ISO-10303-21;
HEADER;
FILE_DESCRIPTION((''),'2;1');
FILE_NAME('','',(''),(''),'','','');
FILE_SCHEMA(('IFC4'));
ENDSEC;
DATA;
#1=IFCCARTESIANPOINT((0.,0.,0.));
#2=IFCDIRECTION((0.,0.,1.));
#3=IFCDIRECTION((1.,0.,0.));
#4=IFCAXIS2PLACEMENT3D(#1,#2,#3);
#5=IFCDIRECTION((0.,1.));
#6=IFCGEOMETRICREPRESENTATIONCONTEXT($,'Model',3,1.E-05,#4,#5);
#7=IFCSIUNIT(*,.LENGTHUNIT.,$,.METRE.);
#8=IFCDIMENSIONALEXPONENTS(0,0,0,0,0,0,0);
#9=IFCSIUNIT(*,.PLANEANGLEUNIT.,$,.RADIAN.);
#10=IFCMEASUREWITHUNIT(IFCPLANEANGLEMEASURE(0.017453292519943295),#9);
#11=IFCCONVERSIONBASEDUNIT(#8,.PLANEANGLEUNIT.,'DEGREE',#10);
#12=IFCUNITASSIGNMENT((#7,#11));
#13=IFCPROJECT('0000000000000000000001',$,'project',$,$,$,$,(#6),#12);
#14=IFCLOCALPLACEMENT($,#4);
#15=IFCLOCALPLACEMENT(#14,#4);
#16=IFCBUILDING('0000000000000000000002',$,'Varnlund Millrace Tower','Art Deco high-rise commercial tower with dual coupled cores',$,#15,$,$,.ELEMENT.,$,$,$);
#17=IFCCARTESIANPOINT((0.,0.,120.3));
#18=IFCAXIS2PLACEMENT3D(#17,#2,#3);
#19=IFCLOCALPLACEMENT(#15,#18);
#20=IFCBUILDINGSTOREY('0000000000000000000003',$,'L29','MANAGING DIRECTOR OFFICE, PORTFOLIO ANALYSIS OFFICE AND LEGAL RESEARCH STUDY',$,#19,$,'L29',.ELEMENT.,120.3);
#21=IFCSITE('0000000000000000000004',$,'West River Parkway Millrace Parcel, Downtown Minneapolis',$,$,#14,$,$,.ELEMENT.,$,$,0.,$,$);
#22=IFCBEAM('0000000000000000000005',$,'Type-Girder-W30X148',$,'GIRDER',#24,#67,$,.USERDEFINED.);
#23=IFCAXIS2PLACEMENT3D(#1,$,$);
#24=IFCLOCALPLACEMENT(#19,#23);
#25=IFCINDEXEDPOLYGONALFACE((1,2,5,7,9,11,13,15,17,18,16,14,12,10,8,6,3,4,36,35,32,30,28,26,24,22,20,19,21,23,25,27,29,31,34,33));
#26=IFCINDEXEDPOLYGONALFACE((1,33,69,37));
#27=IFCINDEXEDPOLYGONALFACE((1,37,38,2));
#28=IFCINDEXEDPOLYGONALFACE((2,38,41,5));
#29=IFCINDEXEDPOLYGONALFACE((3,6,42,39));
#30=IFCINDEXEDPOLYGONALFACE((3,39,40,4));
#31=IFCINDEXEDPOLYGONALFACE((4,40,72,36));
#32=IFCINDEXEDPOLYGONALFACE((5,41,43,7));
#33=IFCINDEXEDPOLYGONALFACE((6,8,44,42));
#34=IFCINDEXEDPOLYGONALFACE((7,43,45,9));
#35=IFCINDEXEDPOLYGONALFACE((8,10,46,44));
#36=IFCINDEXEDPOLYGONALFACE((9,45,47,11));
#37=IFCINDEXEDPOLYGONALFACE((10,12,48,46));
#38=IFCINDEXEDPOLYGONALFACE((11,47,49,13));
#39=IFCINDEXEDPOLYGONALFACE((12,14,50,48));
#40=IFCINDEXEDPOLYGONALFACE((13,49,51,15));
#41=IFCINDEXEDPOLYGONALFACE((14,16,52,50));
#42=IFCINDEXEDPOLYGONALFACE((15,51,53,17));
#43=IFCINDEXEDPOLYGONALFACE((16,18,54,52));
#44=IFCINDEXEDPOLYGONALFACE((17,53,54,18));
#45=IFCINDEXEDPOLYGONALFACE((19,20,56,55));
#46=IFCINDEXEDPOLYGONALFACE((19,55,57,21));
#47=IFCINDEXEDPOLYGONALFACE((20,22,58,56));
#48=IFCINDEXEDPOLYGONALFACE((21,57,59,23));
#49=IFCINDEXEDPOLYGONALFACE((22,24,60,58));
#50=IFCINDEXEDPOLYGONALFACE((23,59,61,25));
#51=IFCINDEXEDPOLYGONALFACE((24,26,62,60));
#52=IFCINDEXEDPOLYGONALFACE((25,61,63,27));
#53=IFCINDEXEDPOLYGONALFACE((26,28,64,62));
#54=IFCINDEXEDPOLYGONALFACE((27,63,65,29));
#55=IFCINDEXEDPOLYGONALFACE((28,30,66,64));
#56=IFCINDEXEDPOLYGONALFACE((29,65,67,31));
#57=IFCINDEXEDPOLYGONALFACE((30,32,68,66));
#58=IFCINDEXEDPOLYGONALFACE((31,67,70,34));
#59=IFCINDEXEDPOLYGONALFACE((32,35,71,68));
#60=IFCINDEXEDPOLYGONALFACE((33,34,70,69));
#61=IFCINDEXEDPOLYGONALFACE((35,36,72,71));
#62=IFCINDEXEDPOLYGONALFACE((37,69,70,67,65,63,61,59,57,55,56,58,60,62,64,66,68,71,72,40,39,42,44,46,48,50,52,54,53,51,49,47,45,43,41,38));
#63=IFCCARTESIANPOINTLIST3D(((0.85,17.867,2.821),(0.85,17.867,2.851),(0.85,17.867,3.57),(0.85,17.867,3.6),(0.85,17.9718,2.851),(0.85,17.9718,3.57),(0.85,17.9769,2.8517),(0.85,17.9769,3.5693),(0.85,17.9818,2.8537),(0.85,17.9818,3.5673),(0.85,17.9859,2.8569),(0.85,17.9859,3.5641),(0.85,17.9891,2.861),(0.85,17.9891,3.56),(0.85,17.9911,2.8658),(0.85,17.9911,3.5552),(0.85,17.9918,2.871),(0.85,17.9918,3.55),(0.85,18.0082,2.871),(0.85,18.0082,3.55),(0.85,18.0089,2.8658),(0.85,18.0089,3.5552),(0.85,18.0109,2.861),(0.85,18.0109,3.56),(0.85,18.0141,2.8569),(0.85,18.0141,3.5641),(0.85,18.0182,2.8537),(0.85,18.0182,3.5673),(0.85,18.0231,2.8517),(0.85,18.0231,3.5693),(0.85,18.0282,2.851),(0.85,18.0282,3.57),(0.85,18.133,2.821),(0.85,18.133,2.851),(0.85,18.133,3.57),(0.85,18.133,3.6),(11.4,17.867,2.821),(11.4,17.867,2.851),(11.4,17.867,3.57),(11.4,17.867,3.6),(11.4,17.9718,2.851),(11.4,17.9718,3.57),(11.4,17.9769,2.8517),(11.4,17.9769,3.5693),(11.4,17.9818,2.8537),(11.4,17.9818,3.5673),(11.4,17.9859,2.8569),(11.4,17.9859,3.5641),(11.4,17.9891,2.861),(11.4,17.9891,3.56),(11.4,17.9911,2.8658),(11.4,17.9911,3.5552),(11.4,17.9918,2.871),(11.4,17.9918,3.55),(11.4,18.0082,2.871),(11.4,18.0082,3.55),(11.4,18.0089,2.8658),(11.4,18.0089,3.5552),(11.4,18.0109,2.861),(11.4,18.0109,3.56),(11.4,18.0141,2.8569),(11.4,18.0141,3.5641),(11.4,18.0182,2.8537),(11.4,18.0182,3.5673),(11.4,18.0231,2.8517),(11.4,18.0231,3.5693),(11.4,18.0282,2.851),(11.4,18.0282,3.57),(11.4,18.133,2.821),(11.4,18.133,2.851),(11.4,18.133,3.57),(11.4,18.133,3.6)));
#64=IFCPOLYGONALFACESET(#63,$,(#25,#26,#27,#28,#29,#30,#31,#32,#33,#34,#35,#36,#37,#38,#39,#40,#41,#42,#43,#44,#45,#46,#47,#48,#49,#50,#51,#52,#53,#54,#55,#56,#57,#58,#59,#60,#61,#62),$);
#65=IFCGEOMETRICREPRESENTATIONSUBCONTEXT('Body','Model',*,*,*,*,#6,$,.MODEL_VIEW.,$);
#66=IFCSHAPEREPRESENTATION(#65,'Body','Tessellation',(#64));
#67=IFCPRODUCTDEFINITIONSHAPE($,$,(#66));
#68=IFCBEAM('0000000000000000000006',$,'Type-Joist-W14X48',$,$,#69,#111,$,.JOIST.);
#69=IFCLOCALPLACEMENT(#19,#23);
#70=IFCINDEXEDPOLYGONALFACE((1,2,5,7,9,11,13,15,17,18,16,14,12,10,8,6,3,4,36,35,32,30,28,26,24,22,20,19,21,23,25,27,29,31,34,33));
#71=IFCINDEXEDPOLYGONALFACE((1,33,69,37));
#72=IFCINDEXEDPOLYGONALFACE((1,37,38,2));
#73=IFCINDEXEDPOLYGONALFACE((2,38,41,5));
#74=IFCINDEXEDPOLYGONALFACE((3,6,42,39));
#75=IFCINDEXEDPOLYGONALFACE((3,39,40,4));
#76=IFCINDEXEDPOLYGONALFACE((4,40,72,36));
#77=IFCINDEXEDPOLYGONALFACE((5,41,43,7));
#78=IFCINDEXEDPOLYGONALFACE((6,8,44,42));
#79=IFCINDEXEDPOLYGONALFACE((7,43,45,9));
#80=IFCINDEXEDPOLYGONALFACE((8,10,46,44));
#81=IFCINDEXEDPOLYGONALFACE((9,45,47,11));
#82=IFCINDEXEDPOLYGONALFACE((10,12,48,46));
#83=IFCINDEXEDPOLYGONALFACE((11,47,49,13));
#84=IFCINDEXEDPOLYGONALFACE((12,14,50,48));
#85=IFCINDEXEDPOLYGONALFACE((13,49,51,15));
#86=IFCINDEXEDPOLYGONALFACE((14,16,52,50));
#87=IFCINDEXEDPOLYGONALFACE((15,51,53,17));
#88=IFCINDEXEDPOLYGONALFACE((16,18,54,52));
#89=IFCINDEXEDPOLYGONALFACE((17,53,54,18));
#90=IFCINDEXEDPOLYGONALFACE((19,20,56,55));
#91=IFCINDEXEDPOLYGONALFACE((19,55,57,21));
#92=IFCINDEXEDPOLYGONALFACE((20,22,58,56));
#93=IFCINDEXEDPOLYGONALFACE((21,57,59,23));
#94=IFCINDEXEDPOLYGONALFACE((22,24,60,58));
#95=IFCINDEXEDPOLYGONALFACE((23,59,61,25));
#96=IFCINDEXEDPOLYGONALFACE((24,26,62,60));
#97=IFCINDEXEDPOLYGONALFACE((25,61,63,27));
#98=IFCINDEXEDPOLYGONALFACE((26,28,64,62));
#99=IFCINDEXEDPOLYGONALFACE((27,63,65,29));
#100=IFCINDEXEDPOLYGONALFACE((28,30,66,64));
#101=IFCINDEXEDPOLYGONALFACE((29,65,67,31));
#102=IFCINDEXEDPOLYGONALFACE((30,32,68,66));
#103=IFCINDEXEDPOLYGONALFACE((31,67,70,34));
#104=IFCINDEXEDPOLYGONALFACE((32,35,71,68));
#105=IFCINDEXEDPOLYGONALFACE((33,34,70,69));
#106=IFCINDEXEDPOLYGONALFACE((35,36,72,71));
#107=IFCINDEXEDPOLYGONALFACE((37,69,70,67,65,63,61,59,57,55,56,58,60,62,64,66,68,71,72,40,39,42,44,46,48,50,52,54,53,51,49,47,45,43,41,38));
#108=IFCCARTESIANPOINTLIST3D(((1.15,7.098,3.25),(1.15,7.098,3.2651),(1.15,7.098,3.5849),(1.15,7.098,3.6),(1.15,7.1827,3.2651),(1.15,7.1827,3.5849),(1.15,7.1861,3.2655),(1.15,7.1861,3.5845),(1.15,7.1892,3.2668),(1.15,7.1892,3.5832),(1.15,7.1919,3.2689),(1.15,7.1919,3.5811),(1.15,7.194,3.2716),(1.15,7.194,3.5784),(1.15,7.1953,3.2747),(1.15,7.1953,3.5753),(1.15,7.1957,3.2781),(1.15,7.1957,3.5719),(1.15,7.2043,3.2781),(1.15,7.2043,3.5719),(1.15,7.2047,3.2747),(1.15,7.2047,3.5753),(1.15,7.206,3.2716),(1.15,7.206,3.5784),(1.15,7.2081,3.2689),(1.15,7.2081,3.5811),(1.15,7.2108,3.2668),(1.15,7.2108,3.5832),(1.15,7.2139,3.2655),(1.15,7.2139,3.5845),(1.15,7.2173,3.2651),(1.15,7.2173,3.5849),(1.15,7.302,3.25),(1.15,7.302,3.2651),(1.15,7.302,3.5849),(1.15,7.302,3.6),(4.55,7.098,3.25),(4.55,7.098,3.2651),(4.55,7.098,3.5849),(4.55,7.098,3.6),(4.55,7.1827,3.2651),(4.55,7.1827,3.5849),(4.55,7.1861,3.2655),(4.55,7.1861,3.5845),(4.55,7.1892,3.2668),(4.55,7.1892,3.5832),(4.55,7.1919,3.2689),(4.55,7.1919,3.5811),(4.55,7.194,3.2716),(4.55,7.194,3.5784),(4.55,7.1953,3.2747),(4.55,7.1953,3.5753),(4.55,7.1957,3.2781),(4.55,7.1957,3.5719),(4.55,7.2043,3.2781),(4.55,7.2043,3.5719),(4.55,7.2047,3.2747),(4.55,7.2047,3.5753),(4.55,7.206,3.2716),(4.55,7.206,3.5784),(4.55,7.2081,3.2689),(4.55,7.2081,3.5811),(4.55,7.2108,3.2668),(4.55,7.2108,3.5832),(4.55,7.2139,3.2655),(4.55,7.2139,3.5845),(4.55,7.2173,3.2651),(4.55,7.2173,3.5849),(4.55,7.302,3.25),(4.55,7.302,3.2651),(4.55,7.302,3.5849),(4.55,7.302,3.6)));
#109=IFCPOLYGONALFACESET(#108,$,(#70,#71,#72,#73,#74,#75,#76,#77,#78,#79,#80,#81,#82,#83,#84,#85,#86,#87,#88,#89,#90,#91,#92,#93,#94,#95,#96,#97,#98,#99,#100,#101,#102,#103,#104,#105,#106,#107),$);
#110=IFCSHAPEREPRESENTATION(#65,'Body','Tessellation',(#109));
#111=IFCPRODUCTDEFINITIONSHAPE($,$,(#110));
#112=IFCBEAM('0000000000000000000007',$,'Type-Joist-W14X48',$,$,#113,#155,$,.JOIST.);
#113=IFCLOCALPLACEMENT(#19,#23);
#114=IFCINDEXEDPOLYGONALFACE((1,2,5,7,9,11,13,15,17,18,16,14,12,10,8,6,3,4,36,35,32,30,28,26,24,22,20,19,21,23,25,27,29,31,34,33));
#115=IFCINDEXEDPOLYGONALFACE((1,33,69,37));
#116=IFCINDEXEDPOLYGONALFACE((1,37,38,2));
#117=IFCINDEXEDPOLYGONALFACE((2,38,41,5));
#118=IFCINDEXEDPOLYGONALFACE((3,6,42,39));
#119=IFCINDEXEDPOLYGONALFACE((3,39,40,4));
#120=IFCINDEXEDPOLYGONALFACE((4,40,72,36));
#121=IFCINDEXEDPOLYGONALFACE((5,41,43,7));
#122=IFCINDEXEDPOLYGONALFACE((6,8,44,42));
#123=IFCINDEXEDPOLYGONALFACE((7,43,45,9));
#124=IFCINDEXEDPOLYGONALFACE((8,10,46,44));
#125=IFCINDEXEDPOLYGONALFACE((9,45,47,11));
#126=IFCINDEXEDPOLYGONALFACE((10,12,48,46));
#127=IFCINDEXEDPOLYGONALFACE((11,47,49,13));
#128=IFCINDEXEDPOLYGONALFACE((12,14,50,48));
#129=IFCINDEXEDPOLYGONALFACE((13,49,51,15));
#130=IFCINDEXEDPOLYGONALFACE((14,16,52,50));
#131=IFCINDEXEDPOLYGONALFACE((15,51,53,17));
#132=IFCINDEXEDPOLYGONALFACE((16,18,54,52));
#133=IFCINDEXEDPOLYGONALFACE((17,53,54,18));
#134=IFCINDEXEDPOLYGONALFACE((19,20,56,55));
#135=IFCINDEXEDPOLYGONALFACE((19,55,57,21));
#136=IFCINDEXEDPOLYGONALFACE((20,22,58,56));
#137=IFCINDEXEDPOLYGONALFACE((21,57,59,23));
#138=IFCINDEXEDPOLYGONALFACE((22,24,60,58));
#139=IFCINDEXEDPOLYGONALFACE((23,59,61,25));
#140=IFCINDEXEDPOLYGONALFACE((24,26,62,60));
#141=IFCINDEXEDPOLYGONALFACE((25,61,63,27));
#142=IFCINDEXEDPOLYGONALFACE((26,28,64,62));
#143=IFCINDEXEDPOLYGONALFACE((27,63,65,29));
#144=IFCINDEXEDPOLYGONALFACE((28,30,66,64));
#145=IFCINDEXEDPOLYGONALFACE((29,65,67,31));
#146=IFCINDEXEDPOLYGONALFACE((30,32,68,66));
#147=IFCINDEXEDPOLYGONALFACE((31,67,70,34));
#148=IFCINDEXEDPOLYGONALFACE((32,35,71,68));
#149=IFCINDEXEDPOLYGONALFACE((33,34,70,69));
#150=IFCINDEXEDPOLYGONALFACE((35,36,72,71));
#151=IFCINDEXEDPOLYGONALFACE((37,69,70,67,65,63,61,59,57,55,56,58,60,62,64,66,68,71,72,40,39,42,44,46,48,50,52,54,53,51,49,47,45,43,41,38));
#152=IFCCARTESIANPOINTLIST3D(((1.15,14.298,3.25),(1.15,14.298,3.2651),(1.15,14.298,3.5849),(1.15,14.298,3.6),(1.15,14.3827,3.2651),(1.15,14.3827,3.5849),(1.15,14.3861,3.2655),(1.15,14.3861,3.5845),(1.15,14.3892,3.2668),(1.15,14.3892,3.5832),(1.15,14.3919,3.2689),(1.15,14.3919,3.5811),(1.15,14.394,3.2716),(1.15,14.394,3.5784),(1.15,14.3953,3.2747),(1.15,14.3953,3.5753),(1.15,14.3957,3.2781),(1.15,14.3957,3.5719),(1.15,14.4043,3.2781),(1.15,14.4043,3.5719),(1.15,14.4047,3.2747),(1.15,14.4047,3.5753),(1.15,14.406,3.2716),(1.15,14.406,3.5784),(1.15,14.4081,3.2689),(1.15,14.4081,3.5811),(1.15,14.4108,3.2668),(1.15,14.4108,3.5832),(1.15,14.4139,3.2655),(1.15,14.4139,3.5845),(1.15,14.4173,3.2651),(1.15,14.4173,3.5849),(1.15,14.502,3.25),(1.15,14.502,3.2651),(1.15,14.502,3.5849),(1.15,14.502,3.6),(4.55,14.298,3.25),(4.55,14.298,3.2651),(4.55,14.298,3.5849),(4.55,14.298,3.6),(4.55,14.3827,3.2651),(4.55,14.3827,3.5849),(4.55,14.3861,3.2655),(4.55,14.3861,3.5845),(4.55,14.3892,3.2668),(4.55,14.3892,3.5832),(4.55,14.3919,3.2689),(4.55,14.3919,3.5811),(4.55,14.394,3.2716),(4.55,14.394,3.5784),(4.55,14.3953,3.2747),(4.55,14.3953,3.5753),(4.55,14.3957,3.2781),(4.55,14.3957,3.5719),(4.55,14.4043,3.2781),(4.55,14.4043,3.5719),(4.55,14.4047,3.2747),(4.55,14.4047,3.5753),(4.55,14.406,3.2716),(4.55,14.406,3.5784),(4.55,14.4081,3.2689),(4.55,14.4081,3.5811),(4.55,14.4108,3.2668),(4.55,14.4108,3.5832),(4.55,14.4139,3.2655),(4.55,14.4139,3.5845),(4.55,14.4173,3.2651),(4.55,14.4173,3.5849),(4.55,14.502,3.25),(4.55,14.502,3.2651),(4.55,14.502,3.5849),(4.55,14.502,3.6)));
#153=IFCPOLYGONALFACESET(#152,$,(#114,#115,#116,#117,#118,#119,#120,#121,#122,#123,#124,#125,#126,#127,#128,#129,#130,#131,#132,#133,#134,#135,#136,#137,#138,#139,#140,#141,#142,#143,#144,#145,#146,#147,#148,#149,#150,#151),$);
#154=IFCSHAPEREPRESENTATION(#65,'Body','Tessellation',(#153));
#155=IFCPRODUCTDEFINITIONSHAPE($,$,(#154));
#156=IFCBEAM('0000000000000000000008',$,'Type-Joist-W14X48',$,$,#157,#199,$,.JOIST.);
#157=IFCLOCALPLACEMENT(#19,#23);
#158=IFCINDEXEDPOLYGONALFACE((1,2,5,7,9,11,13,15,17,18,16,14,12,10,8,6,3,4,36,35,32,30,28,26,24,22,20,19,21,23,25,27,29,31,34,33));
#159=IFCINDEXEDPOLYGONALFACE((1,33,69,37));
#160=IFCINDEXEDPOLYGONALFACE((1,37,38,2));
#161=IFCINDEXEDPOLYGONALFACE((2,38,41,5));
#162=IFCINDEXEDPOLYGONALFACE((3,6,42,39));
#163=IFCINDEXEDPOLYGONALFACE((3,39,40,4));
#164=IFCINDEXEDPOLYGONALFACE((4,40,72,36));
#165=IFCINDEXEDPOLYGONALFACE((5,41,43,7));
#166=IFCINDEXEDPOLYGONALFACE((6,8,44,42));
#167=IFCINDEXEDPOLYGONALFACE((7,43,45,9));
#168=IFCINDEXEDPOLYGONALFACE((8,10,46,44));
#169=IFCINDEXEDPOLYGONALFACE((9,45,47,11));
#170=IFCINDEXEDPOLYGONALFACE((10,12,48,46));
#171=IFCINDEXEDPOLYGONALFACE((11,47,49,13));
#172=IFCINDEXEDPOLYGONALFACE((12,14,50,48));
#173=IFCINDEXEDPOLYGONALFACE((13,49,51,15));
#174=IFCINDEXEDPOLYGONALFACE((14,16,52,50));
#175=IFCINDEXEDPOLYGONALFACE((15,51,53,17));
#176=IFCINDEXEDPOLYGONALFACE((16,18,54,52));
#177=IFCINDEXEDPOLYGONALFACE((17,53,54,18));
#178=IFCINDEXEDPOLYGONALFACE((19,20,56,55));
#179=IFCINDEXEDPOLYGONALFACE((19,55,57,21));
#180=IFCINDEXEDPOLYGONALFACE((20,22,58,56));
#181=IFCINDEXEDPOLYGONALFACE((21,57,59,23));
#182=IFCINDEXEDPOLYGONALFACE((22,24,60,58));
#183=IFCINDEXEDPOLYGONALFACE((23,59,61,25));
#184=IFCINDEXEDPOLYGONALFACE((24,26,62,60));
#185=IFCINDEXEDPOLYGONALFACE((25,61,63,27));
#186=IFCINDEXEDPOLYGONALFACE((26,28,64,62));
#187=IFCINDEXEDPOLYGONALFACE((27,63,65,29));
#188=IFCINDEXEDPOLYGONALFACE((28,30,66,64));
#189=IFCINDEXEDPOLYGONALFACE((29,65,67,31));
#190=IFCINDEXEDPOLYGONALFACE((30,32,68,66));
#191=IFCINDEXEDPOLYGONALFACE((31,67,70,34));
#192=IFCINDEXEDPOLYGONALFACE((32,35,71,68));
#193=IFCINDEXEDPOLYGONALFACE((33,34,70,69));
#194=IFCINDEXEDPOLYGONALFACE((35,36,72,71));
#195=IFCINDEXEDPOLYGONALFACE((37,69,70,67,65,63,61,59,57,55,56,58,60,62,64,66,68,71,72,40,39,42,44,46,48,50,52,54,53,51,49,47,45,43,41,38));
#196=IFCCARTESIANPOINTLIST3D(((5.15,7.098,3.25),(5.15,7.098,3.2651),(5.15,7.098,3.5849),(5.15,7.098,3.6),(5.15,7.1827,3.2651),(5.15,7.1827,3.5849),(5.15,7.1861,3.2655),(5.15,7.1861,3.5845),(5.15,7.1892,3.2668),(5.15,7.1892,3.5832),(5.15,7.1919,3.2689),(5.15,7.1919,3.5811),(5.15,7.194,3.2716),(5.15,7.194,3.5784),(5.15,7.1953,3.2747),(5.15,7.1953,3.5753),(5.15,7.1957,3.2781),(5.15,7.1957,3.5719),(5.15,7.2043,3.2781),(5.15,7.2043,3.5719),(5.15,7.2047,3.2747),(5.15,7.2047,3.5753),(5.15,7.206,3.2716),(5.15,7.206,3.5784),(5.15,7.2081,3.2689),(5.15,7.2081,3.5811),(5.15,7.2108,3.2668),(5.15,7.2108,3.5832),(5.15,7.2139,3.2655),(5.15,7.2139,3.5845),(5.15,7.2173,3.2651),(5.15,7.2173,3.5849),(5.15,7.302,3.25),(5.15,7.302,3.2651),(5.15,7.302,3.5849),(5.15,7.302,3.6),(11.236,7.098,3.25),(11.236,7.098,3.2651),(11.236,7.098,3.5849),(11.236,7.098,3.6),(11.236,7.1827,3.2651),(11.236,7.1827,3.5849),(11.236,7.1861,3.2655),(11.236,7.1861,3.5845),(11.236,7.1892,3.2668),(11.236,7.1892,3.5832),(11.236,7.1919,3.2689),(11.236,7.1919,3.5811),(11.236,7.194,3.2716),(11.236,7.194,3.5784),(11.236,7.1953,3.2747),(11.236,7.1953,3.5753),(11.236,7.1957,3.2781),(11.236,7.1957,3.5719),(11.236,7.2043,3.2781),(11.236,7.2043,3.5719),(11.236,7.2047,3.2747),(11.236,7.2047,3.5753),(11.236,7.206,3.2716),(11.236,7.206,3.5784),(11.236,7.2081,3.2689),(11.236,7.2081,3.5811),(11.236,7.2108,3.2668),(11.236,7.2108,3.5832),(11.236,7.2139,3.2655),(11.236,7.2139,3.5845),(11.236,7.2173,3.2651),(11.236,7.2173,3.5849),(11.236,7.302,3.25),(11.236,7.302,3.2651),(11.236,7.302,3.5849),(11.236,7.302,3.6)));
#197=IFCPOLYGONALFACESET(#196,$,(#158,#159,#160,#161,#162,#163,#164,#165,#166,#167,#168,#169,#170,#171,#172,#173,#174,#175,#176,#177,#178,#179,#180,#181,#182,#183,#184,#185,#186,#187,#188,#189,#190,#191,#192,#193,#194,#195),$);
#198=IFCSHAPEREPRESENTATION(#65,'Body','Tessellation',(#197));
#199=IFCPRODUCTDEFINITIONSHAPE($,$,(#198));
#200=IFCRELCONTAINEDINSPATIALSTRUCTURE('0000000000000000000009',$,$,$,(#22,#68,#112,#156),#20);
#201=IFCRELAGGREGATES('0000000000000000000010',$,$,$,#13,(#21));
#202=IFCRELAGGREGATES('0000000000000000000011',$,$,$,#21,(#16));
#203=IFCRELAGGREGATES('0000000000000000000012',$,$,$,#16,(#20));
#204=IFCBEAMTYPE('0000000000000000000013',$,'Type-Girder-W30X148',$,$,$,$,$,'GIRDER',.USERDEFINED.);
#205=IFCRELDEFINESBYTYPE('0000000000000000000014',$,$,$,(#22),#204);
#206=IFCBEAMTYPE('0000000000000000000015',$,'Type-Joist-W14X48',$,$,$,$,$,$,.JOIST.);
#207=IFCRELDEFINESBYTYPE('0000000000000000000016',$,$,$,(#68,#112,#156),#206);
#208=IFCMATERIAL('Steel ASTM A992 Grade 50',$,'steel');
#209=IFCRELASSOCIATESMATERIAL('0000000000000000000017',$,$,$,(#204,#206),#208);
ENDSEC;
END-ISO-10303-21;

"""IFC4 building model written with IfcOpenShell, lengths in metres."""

from ifc_helpers import new_model, entity, si_unit, converted_unit, direction, frame, origin_with_axes, origin_2d_with_axis, place, context, subcontext, project, spatial, i_section, extrude, material, material_profile, profile_set, type_object, element, save


model = new_model("IFC4")

# Units and contexts
model_context = context("Model", 3, precision=1e-05, world=origin_with_axes(), true_north=direction((0.0, 1.0)))
body_context = subcontext(model_context, "Body", "Model", "MODEL_VIEW")
ifc_project = project(units=[si_unit("LENGTHUNIT", "METRE"), converted_unit("PLANEANGLEUNIT", "DEGREE", entity("IfcPlaneAngleMeasure", 0.017453292519943295), si_unit("PLANEANGLEUNIT", "RADIAN"), dimensions=[0, 0, 0, 0, 0, 0, 0])], contexts=[model_context])

# Site, building, storey
site_placement = place(None, origin_with_axes())
site = spatial("IfcSite", under=ifc_project, at=site_placement, Name="West River Parkway Millrace Parcel, Downtown Minneapolis", CompositionType="ELEMENT", RefElevation=0.0)
building_placement = place(site_placement, origin_with_axes())
building = spatial("IfcBuilding", under=site, at=building_placement, Name="Varnlund Millrace Tower", Description="Art Deco high-rise commercial tower with dual coupled cores", CompositionType="ELEMENT")
storey_placement = place(building_placement, frame((0.0, 0.0, 120.3), z_axis=(0.0, 0.0, 1.0), x_axis=(1.0, 0.0, 0.0)))
storey = spatial("IfcBuildingStorey", under=building, at=storey_placement, Name="L29", Description="MANAGING DIRECTOR OFFICE, PORTFOLIO ANALYSIS OFFICE AND LEGAL RESEARCH STUDY", LongName="L29", CompositionType="ELEMENT", Elevation=120.3)

# Beams
ifc_material_1 = material(Name="Steel ASTM A992 Grade 50", Category="steel")
ifc_material_profile_1 = material_profile(ifc_material_1, i_section(OverallWidth=0.266, OverallDepth=0.779, WebThickness=0.0165, FlangeThickness=0.03, FilletRadius=0.02, at=origin_2d_with_axis()), Name="Steel ASTM A992 Grade 50")
ifc_profile_set_1 = profile_set([ifc_material_profile_1], Name="Steel ASTM A992 Grade 50")
beam_type_1 = type_object("IfcBeamType", Name="Type-Girder-W30X148", ElementType="GIRDER", PredefinedType="USERDEFINED", material=ifc_profile_set_1)
beam_1_placement = place(storey_placement, frame((0.85, 18.0, 3.2105), z_axis=(1.0, 0.0, 0.0), x_axis=(0.0, 1.0, 0.0)))
element("IfcBeam", 1, at=beam_1_placement, inside=storey, type_object=beam_type_1, Name="Type-Girder-W30X148", ObjectType="GIRDER", PredefinedType="USERDEFINED", context=body_context, shape_type="SweptSolid", body=[
    extrude(i_section(OverallWidth=0.266, OverallDepth=0.779, WebThickness=0.0165, FlangeThickness=0.03, FilletRadius=0.02, at=origin_2d_with_axis()), origin_with_axes(), (0.0, 0.0, 1.0), 10.55),
])
ifc_material_profile_2 = material_profile(ifc_material_1, i_section(OverallWidth=0.204, OverallDepth=0.35, WebThickness=0.0086, FlangeThickness=0.0151, FilletRadius=0.013, at=origin_2d_with_axis()), Name="Steel ASTM A992 Grade 50")
ifc_profile_set_2 = profile_set([ifc_material_profile_2], Name="Steel ASTM A992 Grade 50")
beam_type_2 = type_object("IfcBeamType", Name="Type-Joist-W14X48", PredefinedType="JOIST", material=ifc_profile_set_2)
for number, where, z_axis, x_axis, name in (
    (2, (1.15, 7.2, 3.425), (1.0, 0.0, 0.0), (0.0, 1.0, 0.0), "Type-Joist-W14X48"),
    (3, (1.15, 14.4, 3.425), (1.0, 0.0, 0.0), (0.0, 1.0, 0.0), "Type-Joist-W14X48"),
):
    element("IfcBeam", number, at=place(storey_placement, frame(where, z_axis=z_axis, x_axis=x_axis)), inside=storey, type_object=beam_type_2, Name=name, PredefinedType="JOIST", context=body_context, shape_type="SweptSolid", body=[
        extrude(i_section(OverallWidth=0.204, OverallDepth=0.35, WebThickness=0.0086, FlangeThickness=0.0151, FilletRadius=0.013, at=origin_2d_with_axis()), origin_with_axes(), (0.0, 0.0, 1.0), 3.4),
    ])
for number, where, z_axis, x_axis, name in (
    (4, (5.15, 7.2, 3.425), (1.0, 0.0, 0.0), (0.0, 1.0, 0.0), "Type-Joist-W14X48"),
):
    element("IfcBeam", number, at=place(storey_placement, frame(where, z_axis=z_axis, x_axis=x_axis)), inside=storey, type_object=beam_type_2, Name=name, PredefinedType="JOIST", context=body_context, shape_type="SweptSolid", body=[
        extrude(i_section(OverallWidth=0.204, OverallDepth=0.35, WebThickness=0.0086, FlangeThickness=0.0151, FilletRadius=0.013, at=origin_2d_with_axis()), origin_with_axes(), (0.0, 0.0, 1.0), 6.086),
    ])

save(model, "model.ifc")
